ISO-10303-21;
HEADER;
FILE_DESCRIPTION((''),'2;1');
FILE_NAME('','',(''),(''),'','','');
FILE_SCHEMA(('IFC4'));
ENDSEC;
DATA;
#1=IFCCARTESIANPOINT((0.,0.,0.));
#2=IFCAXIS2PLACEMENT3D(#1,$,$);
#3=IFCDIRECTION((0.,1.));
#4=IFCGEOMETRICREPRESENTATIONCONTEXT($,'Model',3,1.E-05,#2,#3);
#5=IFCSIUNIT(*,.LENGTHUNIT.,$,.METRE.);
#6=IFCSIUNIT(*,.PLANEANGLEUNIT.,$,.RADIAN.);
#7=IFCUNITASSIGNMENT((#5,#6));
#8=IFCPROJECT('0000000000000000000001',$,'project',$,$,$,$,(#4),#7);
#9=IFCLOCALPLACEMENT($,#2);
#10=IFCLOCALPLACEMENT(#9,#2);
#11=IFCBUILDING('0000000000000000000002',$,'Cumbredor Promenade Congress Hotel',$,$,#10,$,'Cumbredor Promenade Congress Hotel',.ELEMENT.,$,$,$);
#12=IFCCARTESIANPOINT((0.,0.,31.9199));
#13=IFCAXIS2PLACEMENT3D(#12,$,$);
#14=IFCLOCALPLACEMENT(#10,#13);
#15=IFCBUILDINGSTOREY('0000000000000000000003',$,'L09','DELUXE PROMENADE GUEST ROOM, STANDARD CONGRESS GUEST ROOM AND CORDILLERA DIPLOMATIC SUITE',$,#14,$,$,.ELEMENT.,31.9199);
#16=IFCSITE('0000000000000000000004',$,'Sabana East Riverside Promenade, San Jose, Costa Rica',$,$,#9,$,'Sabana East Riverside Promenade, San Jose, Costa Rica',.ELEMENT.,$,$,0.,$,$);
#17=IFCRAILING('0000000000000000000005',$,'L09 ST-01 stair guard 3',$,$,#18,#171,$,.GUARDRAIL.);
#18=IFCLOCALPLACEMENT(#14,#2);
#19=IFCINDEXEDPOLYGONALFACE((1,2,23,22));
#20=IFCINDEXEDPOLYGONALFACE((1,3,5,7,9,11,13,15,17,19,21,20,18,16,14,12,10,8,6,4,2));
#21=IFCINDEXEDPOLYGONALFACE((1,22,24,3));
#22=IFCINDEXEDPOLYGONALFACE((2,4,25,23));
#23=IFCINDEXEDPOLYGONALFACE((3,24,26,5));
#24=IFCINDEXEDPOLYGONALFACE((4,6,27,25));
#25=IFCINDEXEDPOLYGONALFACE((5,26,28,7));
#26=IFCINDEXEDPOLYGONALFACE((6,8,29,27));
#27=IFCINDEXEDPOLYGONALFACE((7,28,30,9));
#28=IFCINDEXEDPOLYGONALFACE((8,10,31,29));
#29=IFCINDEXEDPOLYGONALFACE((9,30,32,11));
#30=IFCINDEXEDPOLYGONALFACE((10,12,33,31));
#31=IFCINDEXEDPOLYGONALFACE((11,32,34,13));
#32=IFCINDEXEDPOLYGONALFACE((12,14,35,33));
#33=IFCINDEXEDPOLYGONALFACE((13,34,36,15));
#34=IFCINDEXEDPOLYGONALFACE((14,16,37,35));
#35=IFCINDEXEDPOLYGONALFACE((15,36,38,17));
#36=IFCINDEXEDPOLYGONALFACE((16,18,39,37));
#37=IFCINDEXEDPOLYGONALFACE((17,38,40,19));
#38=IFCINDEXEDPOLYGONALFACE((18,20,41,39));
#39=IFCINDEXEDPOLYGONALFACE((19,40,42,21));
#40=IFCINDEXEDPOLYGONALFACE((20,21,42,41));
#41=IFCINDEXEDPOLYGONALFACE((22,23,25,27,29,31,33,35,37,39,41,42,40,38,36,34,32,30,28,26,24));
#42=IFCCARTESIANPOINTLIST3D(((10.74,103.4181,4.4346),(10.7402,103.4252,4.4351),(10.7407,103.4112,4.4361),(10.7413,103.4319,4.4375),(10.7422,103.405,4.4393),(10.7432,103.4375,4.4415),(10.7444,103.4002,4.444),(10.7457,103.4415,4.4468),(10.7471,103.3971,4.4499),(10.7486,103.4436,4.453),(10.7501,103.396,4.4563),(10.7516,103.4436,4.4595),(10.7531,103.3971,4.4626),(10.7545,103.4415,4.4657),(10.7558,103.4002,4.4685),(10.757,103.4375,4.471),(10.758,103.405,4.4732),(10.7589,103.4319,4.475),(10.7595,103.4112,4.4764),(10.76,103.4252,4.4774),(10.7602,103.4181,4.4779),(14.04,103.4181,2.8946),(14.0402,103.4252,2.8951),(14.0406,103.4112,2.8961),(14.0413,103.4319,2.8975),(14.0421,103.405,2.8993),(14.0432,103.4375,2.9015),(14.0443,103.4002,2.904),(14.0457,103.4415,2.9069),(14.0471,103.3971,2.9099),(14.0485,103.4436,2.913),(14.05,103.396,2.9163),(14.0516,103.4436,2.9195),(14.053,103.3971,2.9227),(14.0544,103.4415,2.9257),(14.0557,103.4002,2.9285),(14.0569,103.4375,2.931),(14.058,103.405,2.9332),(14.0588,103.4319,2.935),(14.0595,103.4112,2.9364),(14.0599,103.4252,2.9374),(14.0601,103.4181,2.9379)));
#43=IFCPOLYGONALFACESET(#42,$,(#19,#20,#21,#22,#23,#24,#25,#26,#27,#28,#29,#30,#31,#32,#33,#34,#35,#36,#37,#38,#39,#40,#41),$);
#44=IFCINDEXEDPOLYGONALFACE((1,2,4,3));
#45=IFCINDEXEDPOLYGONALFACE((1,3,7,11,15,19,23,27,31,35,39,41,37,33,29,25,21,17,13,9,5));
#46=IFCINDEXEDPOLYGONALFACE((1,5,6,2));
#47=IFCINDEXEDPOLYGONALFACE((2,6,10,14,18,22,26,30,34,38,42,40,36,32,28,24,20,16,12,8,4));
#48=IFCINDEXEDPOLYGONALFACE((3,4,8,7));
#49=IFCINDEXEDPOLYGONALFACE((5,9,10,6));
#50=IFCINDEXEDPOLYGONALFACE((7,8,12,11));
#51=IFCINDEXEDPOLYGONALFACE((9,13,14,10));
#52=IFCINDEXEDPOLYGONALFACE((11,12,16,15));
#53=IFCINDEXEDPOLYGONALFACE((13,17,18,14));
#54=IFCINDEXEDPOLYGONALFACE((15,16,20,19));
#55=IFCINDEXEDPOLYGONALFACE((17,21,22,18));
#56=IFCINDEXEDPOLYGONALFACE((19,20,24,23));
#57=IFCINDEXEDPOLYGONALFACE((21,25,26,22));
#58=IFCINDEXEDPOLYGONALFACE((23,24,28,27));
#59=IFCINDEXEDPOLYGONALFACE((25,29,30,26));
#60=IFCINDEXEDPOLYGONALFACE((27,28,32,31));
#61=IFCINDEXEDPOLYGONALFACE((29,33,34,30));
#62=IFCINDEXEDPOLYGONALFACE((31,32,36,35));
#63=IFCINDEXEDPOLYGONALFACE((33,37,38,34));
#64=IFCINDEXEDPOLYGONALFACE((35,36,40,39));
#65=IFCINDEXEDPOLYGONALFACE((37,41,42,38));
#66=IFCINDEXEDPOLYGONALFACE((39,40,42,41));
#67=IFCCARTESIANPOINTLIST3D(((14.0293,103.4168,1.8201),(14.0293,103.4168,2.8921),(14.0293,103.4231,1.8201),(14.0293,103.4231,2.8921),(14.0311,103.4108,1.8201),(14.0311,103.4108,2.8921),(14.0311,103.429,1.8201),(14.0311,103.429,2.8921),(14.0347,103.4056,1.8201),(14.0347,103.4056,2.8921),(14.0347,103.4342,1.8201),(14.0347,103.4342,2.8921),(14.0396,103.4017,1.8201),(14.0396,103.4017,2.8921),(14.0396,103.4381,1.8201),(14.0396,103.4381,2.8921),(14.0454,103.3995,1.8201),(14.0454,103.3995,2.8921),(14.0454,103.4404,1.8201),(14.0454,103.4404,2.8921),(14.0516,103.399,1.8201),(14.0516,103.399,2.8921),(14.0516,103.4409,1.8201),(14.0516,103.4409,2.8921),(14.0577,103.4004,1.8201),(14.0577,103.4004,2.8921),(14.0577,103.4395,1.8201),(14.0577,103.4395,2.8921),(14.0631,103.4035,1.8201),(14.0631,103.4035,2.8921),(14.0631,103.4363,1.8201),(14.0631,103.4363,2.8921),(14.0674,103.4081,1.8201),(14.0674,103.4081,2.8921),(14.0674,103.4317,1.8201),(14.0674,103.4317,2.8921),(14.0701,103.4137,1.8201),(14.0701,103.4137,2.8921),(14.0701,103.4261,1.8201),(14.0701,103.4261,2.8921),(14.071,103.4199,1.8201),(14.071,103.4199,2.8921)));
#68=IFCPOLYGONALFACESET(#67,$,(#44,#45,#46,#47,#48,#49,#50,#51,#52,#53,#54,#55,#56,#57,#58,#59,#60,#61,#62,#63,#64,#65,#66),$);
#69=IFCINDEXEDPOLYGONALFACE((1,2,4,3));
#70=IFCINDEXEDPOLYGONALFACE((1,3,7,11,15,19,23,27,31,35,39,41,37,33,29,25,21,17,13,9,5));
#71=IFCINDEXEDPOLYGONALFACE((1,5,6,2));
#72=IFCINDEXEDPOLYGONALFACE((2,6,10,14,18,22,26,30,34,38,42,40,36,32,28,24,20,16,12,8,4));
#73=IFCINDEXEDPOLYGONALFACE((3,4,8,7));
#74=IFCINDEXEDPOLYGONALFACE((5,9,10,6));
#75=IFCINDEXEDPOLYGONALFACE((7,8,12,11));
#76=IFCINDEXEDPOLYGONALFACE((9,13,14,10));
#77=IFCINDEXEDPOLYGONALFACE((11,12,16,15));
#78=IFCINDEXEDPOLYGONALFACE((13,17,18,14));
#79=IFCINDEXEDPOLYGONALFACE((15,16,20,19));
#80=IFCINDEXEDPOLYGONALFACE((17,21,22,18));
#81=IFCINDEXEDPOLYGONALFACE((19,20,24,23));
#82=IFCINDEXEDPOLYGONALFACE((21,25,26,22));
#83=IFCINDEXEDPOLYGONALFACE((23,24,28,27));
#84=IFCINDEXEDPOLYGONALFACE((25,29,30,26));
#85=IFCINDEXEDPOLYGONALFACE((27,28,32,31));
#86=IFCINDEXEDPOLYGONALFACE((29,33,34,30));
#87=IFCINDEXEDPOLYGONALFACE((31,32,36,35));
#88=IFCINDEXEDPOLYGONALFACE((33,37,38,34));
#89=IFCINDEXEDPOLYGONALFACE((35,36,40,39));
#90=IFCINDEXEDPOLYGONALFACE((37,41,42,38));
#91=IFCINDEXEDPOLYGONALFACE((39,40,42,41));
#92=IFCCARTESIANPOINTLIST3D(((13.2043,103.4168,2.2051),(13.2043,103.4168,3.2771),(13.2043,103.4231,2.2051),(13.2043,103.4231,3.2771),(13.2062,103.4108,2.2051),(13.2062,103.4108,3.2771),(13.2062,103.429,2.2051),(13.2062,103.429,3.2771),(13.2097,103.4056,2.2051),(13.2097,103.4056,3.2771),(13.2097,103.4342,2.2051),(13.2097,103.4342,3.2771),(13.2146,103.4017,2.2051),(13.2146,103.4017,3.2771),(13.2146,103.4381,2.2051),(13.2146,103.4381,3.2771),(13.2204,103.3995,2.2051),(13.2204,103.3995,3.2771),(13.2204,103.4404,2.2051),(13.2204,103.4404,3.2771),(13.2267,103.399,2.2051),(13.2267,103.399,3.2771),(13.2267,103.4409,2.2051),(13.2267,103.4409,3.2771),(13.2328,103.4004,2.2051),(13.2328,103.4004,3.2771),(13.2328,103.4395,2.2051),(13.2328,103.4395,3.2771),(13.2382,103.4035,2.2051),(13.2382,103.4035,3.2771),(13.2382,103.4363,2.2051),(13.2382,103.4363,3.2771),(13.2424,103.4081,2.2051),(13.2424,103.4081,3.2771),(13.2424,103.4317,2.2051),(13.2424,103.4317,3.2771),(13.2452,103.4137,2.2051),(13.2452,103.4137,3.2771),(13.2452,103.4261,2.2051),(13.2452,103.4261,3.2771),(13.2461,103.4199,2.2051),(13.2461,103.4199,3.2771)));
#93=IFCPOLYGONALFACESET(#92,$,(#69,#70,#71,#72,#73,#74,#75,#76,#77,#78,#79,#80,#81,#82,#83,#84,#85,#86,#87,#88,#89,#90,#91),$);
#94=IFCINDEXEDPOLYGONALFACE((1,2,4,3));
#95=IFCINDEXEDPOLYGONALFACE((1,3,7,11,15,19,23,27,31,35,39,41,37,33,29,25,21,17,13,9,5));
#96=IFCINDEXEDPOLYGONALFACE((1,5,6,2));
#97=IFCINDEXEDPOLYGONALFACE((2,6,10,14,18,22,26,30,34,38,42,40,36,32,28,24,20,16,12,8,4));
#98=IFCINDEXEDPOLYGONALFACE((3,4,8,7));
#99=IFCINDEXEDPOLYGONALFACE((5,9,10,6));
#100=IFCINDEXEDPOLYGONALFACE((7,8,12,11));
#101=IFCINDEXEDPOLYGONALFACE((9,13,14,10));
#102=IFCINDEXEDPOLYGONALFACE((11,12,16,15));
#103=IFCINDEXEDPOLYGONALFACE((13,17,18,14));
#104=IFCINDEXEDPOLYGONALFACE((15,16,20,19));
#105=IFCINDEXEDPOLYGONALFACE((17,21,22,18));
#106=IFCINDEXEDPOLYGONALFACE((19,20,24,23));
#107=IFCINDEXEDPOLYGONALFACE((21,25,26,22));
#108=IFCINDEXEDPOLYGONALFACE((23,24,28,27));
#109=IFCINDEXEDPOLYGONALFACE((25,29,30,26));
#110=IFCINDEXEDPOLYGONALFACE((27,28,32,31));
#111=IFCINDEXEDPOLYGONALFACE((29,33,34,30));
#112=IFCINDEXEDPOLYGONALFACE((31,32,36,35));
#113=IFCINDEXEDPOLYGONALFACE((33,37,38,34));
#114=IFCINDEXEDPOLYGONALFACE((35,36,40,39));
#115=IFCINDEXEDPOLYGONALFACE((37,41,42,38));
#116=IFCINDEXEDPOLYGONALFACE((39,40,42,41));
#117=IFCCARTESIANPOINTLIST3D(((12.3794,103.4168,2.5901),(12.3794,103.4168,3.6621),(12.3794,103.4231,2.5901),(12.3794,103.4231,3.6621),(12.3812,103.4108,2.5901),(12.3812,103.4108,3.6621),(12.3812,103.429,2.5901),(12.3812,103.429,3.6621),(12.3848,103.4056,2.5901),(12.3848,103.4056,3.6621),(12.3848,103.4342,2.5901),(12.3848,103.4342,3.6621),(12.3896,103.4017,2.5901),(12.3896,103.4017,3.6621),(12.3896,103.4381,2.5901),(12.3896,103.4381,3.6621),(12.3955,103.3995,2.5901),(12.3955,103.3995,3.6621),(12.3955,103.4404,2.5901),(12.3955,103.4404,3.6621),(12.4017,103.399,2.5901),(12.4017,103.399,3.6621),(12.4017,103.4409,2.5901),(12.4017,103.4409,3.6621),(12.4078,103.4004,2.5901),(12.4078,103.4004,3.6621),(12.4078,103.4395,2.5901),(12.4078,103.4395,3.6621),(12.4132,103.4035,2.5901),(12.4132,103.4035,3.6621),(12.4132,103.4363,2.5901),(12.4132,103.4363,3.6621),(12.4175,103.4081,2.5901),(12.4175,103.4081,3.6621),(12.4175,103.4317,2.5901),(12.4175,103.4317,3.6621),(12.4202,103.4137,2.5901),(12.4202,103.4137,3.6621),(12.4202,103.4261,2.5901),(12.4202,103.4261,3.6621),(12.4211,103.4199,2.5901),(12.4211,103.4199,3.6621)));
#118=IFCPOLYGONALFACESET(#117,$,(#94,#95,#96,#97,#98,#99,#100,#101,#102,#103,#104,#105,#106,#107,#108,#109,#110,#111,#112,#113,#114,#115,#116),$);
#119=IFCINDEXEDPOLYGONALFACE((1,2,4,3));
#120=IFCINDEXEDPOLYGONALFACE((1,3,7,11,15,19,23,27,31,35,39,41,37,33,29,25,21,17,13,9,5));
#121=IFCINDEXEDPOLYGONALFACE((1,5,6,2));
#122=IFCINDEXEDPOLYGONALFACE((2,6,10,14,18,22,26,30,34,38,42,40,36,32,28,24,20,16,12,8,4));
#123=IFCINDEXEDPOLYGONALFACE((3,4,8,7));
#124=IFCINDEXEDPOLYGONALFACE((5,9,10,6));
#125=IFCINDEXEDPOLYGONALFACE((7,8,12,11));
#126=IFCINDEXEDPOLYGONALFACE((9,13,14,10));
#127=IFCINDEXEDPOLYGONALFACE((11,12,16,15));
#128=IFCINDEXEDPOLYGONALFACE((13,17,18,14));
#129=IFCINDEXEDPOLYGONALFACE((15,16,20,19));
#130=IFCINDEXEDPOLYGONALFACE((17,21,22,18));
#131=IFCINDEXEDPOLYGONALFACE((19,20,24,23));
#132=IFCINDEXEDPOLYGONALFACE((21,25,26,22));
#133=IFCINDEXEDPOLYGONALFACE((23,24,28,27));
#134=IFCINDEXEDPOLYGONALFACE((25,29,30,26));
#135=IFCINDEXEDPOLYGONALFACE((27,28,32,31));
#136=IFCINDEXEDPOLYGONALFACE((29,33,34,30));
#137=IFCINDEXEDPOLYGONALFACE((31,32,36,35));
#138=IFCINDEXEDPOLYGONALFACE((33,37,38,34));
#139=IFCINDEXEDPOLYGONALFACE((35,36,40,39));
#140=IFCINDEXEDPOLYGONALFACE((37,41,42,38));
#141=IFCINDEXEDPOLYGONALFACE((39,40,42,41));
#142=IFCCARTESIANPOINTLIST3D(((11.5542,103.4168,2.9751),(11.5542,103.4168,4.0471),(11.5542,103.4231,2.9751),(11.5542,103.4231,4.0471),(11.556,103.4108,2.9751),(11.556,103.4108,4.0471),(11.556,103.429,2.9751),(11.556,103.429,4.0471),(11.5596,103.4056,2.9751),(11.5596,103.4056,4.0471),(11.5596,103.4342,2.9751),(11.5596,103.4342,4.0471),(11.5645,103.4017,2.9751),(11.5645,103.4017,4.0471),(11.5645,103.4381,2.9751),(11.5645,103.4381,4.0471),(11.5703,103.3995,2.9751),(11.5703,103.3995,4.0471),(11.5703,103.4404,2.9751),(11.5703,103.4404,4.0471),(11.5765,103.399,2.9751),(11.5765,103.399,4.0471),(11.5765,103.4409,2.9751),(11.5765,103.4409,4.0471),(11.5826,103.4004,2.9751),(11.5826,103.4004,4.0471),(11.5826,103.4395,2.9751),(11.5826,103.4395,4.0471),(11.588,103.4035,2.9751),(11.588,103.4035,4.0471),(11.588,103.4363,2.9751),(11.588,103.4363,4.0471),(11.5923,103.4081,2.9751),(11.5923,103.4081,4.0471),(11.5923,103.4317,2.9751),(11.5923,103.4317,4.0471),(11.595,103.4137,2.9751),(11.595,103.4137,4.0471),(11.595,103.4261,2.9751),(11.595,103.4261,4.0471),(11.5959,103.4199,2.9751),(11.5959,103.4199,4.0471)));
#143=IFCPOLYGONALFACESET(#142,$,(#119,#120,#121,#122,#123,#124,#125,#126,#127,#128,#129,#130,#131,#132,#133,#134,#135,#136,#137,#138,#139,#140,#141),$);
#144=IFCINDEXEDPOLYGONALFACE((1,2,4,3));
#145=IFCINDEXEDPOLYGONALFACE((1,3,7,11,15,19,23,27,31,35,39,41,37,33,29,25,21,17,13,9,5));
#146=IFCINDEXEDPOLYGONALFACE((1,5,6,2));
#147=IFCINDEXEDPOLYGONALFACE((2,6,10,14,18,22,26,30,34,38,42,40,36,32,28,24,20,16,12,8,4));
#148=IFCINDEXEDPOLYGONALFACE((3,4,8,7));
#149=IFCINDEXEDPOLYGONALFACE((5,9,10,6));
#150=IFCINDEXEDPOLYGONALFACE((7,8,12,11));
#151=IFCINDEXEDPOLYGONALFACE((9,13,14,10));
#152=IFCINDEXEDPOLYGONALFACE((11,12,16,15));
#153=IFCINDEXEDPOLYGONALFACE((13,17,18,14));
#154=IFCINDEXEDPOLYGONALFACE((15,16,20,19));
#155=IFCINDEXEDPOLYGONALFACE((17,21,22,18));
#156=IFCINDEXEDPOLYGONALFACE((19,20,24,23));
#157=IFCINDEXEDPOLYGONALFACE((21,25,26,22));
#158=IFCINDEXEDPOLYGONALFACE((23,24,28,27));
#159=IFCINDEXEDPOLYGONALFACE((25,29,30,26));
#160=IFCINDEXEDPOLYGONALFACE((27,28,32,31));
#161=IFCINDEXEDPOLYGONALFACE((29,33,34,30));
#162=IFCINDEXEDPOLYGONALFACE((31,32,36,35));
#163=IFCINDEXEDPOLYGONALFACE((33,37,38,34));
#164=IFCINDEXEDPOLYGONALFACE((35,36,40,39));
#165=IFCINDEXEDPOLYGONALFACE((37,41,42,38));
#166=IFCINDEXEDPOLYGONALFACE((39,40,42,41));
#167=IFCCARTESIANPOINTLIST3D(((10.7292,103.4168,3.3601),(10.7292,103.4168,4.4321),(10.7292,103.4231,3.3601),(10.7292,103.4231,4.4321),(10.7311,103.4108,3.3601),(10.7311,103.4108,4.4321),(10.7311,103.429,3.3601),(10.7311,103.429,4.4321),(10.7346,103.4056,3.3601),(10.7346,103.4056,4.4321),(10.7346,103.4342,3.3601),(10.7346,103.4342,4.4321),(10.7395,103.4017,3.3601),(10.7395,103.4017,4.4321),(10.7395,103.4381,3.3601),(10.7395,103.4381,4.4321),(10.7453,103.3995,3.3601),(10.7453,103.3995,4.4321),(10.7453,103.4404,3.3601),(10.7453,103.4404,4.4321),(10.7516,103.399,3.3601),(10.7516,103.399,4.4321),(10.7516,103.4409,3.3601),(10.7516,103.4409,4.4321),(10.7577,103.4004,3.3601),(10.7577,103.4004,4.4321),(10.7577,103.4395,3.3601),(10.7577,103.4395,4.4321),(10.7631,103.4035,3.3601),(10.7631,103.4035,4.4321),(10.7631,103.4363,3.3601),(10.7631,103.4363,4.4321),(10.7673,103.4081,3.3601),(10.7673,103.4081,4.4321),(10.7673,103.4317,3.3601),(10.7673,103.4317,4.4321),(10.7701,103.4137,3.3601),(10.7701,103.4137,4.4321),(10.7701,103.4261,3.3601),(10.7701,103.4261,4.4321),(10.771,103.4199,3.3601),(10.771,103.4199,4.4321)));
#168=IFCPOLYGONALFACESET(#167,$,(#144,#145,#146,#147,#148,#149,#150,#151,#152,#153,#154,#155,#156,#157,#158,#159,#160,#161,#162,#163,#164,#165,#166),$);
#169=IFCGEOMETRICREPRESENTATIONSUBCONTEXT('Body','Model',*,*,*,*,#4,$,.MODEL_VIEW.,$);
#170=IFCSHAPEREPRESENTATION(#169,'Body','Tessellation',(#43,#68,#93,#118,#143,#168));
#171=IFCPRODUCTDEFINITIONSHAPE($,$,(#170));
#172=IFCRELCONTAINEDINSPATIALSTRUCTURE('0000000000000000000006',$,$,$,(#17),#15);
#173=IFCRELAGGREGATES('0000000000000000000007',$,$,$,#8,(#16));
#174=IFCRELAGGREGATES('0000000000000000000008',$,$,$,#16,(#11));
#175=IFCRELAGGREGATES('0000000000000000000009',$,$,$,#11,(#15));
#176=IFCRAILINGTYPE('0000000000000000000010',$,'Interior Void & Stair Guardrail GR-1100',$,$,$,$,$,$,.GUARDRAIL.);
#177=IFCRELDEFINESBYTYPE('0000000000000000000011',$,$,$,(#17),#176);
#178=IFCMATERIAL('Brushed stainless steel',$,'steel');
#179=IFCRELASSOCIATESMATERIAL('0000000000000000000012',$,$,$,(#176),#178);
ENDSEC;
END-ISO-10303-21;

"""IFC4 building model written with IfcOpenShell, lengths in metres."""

from ifc_helpers import new_model, si_unit, direction, frame, origin, origin_2d, place, context, subcontext, project, spatial, circle, extrude, material, type_object, element, save


model = new_model("IFC4")

# Units and contexts
model_context = context("Model", 3, precision=1e-05, world=origin(), true_north=direction((0.0, 1.0)))
body_context = subcontext(model_context, "Body", "Model", "MODEL_VIEW")
ifc_project = project(units=[si_unit("LENGTHUNIT", "METRE"), si_unit("PLANEANGLEUNIT", "RADIAN")], contexts=[model_context])

# Site, building, storey
site_placement = place(None, origin())
site = spatial("IfcSite", under=ifc_project, at=site_placement, Name="Sabana East Riverside Promenade, San Jose, Costa Rica", LongName="Sabana East Riverside Promenade, San Jose, Costa Rica", CompositionType="ELEMENT", RefElevation=0.0)
building_placement = place(site_placement, origin())
building = spatial("IfcBuilding", under=site, at=building_placement, Name="Cumbredor Promenade Congress Hotel", LongName="Cumbredor Promenade Congress Hotel", CompositionType="ELEMENT")
storey_placement = place(building_placement, frame((0.0, 0.0, 31.9199)))
storey = spatial("IfcBuildingStorey", under=building, at=storey_placement, Name="L09", Description="DELUXE PROMENADE GUEST ROOM, STANDARD CONGRESS GUEST ROOM AND CORDILLERA DIPLOMATIC SUITE", CompositionType="ELEMENT", Elevation=31.9199)

# Railing
ifc_material_1 = material(Name="Brushed stainless steel", Category="steel")
railing_type_1 = type_object("IfcRailingType", Name="Interior Void & Stair Guardrail GR-1100", PredefinedType="GUARDRAIL", material=ifc_material_1)
railing_1_placement = place(storey_placement, frame((14.05, 103.4199, 1.8201)))
element("IfcRailing", 1, at=railing_1_placement, inside=storey, type_object=railing_type_1, Name="L09 ST-01 stair guard 3", PredefinedType="GUARDRAIL", context=body_context, shape_type="SweptSolid", body=[
    extrude(circle(Radius=0.0239, at=origin_2d()), frame((0.0, 0.0, 1.0962), z_axis=(-0.906181, 0.0, 0.422889), x_axis=(0.0, -1.0, 0.0)), (0.0, 0.0, 1.0), 3.6416),
    extrude(circle(Radius=0.021, at=origin_2d()), origin(), (0.0, 0.0, 1.0), 1.072),
    extrude(circle(Radius=0.021, at=origin_2d()), frame((-0.825, 0.0, 0.385)), (0.0, 0.0, 1.0), 1.072),
    extrude(circle(Radius=0.021, at=origin_2d()), frame((-1.6499, 0.0, 0.77)), (0.0, 0.0, 1.0), 1.072),
    extrude(circle(Radius=0.021, at=origin_2d()), frame((-2.4751, 0.0, 1.155)), (0.0, 0.0, 1.0), 1.072),
    extrude(circle(Radius=0.021, at=origin_2d()), frame((-3.3, 0.0, 1.54)), (0.0, 0.0, 1.0), 1.072),
])

save(model, "model.ifc")
